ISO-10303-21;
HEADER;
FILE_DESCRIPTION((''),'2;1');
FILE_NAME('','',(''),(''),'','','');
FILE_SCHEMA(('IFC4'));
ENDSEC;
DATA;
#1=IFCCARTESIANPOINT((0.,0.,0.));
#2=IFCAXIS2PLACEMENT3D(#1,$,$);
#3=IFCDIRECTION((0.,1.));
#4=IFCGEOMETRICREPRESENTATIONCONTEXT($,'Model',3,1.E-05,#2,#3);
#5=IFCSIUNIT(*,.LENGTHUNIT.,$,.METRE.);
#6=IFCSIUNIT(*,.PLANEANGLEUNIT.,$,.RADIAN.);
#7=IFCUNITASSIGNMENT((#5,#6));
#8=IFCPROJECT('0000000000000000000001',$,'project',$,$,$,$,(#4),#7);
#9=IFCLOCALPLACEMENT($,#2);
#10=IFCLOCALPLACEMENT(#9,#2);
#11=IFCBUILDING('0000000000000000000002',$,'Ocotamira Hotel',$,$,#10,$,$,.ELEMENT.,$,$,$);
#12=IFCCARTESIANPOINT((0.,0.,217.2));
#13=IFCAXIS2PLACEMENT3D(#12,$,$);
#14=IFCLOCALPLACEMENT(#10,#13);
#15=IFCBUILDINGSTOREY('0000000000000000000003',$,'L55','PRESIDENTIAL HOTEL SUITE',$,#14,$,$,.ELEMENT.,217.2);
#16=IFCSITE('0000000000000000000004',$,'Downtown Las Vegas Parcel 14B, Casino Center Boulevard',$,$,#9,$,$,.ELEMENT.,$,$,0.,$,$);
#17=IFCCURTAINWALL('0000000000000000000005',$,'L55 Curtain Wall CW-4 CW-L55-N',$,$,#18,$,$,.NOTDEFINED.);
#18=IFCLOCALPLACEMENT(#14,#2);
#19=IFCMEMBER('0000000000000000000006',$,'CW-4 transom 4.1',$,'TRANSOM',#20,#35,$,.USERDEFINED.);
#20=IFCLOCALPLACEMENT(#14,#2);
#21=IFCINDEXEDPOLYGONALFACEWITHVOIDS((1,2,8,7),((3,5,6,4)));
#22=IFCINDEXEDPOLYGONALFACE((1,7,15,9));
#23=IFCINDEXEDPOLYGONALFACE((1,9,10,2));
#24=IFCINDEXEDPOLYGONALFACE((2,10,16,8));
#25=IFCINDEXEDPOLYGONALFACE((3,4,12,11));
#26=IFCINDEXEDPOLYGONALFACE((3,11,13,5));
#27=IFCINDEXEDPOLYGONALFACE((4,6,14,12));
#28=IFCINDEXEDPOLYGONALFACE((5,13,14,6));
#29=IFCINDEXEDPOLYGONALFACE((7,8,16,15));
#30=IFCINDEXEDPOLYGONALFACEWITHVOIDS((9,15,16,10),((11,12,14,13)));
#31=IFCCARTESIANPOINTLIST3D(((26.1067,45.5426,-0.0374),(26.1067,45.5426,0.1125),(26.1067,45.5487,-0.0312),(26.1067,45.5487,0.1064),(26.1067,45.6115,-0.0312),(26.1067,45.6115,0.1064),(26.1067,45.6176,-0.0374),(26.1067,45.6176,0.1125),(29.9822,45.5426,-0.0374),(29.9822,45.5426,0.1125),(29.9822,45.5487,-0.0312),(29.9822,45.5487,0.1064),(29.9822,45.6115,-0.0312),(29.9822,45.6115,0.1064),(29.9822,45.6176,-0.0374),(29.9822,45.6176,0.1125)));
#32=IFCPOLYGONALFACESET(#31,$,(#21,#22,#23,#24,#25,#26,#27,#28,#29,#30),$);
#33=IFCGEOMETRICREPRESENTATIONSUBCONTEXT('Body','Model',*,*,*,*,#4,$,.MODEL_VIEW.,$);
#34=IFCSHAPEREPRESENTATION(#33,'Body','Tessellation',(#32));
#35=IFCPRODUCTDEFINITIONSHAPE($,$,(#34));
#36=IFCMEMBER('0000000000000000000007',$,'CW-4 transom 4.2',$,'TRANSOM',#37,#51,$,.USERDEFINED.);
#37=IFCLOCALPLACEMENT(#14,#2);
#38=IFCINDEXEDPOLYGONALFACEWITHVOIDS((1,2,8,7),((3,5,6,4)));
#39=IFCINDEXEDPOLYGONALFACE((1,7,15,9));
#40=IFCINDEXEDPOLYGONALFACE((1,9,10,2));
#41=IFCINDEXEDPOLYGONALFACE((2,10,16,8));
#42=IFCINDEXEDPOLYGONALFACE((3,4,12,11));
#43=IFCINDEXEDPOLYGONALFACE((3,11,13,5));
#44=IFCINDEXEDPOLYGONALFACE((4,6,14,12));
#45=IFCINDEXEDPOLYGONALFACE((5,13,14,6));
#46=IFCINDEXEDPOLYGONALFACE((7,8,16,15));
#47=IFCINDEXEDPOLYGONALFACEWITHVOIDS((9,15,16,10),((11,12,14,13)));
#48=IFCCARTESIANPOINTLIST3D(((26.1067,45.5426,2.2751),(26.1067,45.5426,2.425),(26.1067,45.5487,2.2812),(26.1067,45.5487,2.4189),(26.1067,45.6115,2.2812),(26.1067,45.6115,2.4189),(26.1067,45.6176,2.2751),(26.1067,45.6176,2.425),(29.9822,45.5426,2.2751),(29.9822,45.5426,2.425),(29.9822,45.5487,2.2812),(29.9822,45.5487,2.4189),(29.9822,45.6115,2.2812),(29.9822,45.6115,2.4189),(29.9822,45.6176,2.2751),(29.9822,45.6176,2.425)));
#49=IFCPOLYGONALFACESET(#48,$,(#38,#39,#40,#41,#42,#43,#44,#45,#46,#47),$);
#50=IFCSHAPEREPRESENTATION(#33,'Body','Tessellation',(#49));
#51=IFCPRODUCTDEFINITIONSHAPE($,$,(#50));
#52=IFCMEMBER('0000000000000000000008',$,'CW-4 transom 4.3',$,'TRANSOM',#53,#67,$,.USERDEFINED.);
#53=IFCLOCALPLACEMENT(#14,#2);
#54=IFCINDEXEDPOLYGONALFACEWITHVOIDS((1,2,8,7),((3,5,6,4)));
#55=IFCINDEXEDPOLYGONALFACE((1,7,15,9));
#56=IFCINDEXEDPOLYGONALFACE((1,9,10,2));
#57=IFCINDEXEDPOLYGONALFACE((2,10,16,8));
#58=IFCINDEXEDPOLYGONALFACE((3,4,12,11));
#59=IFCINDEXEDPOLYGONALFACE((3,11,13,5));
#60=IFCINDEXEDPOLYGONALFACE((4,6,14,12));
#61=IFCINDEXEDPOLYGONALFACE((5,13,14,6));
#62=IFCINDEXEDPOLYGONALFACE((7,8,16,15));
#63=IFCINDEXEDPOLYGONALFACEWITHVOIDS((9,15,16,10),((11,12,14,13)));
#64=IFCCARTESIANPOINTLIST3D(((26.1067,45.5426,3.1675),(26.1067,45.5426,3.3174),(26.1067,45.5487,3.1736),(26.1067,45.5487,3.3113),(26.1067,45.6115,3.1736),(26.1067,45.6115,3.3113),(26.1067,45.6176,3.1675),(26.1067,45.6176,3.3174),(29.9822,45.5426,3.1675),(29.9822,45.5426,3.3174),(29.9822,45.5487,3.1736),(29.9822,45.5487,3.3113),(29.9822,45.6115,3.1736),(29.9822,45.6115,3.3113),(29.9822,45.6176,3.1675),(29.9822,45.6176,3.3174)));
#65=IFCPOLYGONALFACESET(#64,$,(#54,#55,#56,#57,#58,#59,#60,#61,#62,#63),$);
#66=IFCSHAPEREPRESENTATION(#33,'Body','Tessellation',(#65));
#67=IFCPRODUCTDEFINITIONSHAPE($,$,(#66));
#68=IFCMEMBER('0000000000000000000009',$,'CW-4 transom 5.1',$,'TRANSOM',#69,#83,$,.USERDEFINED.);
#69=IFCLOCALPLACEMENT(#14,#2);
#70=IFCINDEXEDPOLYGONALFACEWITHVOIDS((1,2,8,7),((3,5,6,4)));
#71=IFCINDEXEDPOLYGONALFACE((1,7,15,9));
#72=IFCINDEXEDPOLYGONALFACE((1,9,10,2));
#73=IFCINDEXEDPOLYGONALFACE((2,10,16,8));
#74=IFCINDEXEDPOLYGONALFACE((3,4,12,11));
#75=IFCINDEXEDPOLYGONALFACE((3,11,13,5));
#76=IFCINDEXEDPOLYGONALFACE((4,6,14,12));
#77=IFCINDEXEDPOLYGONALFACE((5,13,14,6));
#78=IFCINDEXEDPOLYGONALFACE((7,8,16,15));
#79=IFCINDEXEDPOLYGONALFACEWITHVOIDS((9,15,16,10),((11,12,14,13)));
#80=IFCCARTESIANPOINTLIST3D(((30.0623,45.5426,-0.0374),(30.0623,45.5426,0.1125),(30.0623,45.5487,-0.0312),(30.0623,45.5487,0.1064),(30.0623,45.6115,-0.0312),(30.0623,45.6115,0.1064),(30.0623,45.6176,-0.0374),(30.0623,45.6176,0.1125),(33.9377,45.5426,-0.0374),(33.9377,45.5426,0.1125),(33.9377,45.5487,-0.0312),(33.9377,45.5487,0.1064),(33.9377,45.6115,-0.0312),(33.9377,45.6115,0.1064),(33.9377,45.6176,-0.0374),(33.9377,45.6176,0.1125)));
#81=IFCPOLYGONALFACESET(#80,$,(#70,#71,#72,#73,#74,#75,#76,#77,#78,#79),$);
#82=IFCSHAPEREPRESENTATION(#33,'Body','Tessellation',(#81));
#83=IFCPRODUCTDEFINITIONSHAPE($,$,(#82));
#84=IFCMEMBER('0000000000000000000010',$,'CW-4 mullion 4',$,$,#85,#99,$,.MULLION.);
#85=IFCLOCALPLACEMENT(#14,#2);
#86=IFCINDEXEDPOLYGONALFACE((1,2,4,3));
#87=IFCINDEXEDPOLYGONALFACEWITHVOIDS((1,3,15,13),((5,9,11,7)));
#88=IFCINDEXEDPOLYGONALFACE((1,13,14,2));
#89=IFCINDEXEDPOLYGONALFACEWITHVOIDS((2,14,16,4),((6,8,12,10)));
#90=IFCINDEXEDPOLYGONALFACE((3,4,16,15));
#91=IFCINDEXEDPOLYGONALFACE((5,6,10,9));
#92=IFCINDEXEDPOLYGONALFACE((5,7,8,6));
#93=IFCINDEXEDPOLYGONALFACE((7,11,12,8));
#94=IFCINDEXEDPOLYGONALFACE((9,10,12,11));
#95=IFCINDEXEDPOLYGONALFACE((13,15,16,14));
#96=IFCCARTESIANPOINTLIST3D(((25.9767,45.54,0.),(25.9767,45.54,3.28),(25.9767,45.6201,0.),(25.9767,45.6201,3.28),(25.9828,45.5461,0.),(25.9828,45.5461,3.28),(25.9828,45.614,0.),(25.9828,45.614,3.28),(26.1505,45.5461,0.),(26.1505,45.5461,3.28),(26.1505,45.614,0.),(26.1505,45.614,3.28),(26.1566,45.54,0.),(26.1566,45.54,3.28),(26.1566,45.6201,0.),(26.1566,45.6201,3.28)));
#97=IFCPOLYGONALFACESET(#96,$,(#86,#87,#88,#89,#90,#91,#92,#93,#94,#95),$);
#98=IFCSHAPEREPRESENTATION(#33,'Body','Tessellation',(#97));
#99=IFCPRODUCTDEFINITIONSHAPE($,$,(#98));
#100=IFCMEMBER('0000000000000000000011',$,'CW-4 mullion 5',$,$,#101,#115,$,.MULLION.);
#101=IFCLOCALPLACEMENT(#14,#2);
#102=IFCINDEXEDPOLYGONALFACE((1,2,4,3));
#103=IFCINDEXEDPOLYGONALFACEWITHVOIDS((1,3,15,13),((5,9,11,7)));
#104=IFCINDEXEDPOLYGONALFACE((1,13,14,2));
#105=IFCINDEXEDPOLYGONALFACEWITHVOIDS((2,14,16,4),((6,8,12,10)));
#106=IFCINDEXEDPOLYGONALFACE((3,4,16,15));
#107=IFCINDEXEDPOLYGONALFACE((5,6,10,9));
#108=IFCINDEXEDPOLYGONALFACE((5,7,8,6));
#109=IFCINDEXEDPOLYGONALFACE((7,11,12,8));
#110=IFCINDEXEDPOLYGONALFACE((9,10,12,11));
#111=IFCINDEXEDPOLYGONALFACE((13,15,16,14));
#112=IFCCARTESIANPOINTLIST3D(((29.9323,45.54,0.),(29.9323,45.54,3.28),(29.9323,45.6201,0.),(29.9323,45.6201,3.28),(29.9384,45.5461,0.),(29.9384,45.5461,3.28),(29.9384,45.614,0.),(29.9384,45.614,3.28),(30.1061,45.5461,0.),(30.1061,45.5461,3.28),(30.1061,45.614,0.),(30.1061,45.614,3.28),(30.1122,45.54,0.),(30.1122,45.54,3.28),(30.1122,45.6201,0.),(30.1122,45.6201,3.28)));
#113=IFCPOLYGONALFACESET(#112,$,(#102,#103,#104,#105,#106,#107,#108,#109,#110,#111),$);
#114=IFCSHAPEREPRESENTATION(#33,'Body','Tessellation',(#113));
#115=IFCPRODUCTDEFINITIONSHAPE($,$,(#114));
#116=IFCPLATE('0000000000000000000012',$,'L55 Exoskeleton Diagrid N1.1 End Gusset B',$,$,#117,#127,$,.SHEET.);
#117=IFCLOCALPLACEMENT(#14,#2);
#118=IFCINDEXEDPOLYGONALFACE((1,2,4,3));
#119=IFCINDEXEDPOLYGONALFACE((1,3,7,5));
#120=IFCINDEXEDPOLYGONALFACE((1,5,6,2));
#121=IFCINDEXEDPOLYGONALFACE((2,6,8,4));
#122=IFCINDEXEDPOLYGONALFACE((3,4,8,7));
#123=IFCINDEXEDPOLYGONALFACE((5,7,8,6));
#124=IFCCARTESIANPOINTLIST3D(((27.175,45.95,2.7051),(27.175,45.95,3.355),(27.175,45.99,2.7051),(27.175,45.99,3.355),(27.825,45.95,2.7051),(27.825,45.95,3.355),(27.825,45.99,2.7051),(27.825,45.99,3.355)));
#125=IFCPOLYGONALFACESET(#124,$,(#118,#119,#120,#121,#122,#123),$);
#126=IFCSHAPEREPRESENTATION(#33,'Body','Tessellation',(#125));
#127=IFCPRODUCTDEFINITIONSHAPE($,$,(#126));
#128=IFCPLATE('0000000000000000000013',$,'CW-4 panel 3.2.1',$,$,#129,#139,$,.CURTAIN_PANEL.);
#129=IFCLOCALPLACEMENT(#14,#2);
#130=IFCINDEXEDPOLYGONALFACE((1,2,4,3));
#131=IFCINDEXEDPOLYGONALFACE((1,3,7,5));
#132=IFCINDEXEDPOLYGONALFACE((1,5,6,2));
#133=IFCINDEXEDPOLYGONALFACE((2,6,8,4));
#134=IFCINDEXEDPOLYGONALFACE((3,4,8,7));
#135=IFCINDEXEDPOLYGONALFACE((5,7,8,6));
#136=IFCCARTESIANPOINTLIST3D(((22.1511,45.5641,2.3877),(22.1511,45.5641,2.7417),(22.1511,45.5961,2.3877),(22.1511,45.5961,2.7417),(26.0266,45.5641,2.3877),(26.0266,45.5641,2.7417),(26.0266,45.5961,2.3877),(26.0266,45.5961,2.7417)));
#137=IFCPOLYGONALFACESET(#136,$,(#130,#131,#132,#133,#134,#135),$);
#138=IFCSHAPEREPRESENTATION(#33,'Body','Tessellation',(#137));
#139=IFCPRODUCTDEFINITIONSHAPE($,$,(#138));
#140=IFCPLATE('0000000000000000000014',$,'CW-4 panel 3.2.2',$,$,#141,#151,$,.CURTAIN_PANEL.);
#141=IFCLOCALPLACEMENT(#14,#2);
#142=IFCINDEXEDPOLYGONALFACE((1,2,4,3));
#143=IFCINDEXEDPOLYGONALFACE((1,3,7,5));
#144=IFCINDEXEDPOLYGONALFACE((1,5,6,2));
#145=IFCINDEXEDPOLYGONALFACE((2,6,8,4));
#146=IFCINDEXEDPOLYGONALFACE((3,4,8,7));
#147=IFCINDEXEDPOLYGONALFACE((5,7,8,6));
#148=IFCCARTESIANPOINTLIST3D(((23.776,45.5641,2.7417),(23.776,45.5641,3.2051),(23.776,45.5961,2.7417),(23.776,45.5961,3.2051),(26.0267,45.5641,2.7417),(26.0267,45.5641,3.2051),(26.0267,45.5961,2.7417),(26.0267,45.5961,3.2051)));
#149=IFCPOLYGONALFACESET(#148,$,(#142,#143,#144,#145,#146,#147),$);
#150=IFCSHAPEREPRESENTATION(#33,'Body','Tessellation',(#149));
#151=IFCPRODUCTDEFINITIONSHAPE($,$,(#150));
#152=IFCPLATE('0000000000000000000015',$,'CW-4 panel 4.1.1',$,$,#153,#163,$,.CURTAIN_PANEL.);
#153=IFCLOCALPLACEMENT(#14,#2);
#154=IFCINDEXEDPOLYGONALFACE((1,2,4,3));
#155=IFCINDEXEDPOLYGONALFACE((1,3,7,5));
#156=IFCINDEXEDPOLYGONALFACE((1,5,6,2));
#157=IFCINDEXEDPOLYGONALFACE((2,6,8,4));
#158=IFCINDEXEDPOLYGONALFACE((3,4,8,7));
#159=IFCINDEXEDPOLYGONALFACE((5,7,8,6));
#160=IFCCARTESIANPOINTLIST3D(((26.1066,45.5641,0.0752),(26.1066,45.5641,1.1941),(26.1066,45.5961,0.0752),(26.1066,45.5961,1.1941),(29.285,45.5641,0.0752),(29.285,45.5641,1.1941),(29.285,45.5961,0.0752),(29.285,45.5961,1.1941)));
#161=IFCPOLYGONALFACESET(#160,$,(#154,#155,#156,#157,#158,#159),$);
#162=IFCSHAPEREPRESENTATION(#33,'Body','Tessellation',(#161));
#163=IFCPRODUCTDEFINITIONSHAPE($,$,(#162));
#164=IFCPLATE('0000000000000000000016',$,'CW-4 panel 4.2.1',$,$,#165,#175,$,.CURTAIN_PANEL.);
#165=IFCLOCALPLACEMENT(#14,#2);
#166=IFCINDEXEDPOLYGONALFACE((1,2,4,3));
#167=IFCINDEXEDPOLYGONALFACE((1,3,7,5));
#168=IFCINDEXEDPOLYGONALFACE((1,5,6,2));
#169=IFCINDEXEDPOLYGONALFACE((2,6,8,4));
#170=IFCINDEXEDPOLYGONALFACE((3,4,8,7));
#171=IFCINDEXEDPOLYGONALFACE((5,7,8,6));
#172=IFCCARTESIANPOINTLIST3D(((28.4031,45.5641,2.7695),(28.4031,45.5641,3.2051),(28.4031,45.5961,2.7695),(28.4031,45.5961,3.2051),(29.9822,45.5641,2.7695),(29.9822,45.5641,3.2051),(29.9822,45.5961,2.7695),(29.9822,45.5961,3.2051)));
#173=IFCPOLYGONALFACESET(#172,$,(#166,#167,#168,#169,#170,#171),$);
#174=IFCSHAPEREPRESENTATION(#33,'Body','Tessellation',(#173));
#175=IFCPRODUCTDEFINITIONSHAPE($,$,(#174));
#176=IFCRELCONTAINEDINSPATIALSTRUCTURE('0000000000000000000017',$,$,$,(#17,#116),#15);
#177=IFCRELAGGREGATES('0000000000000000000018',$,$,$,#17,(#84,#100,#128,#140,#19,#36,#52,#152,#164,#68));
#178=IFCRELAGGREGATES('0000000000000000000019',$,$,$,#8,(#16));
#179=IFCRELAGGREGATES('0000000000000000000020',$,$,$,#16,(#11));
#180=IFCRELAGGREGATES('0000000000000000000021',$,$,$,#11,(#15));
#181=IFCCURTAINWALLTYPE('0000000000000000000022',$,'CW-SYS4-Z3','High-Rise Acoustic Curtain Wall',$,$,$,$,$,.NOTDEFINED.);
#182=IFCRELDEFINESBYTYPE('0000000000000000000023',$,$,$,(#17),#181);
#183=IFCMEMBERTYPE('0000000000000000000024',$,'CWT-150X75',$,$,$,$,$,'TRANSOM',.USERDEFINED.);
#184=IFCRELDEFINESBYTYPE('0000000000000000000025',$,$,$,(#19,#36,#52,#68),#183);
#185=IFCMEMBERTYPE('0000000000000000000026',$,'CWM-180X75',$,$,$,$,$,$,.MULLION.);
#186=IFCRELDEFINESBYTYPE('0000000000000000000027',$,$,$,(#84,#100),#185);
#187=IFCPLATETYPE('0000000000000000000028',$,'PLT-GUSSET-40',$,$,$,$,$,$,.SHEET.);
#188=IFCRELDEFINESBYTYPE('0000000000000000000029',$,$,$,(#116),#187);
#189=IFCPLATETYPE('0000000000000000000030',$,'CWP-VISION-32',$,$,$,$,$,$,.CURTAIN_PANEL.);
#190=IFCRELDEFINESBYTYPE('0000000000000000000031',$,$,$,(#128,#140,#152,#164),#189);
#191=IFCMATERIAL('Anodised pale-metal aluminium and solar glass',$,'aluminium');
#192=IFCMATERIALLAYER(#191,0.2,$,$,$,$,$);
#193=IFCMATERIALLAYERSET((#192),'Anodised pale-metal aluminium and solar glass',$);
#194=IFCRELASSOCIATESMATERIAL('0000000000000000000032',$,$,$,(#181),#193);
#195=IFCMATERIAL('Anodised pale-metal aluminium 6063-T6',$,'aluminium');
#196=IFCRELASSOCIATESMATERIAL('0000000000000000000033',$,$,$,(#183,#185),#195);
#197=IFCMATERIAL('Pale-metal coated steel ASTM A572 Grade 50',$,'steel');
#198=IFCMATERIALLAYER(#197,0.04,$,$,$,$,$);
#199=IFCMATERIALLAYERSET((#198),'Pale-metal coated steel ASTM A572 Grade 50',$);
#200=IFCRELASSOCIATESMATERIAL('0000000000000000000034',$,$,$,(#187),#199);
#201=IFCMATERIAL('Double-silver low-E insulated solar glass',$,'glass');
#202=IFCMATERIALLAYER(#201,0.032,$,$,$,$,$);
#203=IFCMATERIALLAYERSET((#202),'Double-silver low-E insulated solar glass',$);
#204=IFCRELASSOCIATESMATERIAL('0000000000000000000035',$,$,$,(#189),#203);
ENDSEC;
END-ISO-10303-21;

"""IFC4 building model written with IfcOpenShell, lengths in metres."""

from ifc_helpers import new_model, si_unit, direction, frame, origin, origin_2d, place, context, subcontext, project, spatial, rectangle, hollow_rectangle, extrude, source, transform, mapped, material, layer, layer_set, material_profile, profile_set, type_object, element, aggregate, save


model = new_model("IFC4")

# Units and contexts
model_context = context("Model", 3, precision=1e-05, world=origin(), true_north=direction((0.0, 1.0)))
body_context = subcontext(model_context, "Body", "Model", "MODEL_VIEW")
ifc_project = project(units=[si_unit("LENGTHUNIT", "METRE"), si_unit("PLANEANGLEUNIT", "RADIAN")], contexts=[model_context])

# Site, building, storey
site_placement = place(None, origin())
site = spatial("IfcSite", under=ifc_project, at=site_placement, Name="Downtown Las Vegas Parcel 14B, Casino Center Boulevard", CompositionType="ELEMENT", RefElevation=0.0)
building_placement = place(site_placement, origin())
building = spatial("IfcBuilding", under=site, at=building_placement, Name="Ocotamira Hotel", CompositionType="ELEMENT")
storey_placement = place(building_placement, frame((0.0, 0.0, 217.2)))
storey = spatial("IfcBuildingStorey", under=building, at=storey_placement, Name="L55", Description="PRESIDENTIAL HOTEL SUITE", CompositionType="ELEMENT", Elevation=217.2)

# Curtain wall, members
ifc_material_1 = material(Name="Anodised pale-metal aluminium and solar glass", Category="aluminium")
ifc_layer_1 = layer(ifc_material_1, 0.2)
ifc_layer_set_1 = layer_set([ifc_layer_1], Name="Anodised pale-metal aluminium and solar glass")
curtain_wall_type = type_object("IfcCurtainWallType", Name="CW-SYS4-Z3", Description="High-Rise Acoustic Curtain Wall", PredefinedType="NOTDEFINED", material=ifc_layer_set_1)
curtain_wall_placement = place(storey_placement, origin())
curtain_wall = element("IfcCurtainWall", 1, at=curtain_wall_placement, inside=storey, type_object=curtain_wall_type, Name="L55 Curtain Wall CW-4 CW-L55-N", PredefinedType="NOTDEFINED")
ifc_material_2 = material(Name="Anodised pale-metal aluminium 6063-T6", Category="aluminium")
ifc_material_profile_1 = material_profile(ifc_material_2, hollow_rectangle(XDim=0.075, YDim=0.1499, WallThickness=0.0061, at=origin_2d()), Name="HSS150X75X6")
ifc_profile_set_1 = profile_set([ifc_material_profile_1], Name="Anodised pale-metal aluminium 6063-T6")
member_type_1 = type_object("IfcMemberType", Name="CWT-150X75", ElementType="TRANSOM", PredefinedType="USERDEFINED", material=ifc_profile_set_1)
shared_shape_1 = source(origin(), body_context, "Body", "SweptSolid", [
    extrude(hollow_rectangle(XDim=0.075, YDim=0.1499, WallThickness=0.0061, at=origin_2d()), origin(), (0.0, 0.0, 1.0), 3.8755),
])
member_1_placement = place(storey_placement, frame((26.1067, 45.5801, 0.0376), z_axis=(1.0, 0.0, 0.0), x_axis=(0.0, 1.0, 0.0)))
member_1 = element("IfcMember", 2, at=member_1_placement, type_object=member_type_1, Name="CW-4 transom 4.1", ObjectType="TRANSOM", PredefinedType="USERDEFINED", context=body_context, shape_type="MappedRepresentation", body=[
    mapped(shared_shape_1, transform((0.0, 0.0, 0.0), scale=1.0)),
])
member_2_placement = place(storey_placement, frame((26.1067, 45.5801, 2.3501), z_axis=(1.0, 0.0, 0.0), x_axis=(0.0, 1.0, 0.0)))
member_2 = element("IfcMember", 3, at=member_2_placement, type_object=member_type_1, Name="CW-4 transom 4.2", ObjectType="TRANSOM", PredefinedType="USERDEFINED", context=body_context, shape_type="MappedRepresentation", body=[
    mapped(shared_shape_1, transform((0.0, 0.0, 0.0), scale=1.0)),
])
member_3_placement = place(storey_placement, frame((26.1067, 45.5801, 3.2424), z_axis=(1.0, 0.0, 0.0), x_axis=(0.0, 1.0, 0.0)))
member_3 = element("IfcMember", 4, at=member_3_placement, type_object=member_type_1, Name="CW-4 transom 4.3", ObjectType="TRANSOM", PredefinedType="USERDEFINED", context=body_context, shape_type="MappedRepresentation", body=[
    mapped(shared_shape_1, transform((0.0, 0.0, 0.0), scale=1.0)),
])
member_4_placement = place(storey_placement, frame((30.0623, 45.5801, 0.0376), z_axis=(1.0, 0.0, 0.0), x_axis=(0.0, 1.0, 0.0)))
member_4 = element("IfcMember", 5, at=member_4_placement, type_object=member_type_1, Name="CW-4 transom 5.1", ObjectType="TRANSOM", PredefinedType="USERDEFINED", context=body_context, shape_type="MappedRepresentation", body=[
    mapped(shared_shape_1, transform((0.0, 0.0, 0.0), scale=1.0)),
])
ifc_material_profile_2 = material_profile(ifc_material_2, hollow_rectangle(XDim=0.0801, YDim=0.1799, WallThickness=0.0061, at=origin_2d()), Name="HSS180X80X6")
ifc_profile_set_2 = profile_set([ifc_material_profile_2], Name="Anodised pale-metal aluminium 6063-T6")
member_type_2 = type_object("IfcMemberType", Name="CWM-180X75", PredefinedType="MULLION", material=ifc_profile_set_2)
shared_shape_2 = source(origin(), body_context, "Body", "SweptSolid", [
    extrude(hollow_rectangle(XDim=0.0801, YDim=0.1799, WallThickness=0.0061, at=origin_2d()), origin(), (0.0, 0.0, 1.0), 3.28),
])
member_5_placement = place(storey_placement, frame((26.0667, 45.5801, 0.0), z_axis=(0.0, 0.0, 1.0), x_axis=(0.0, 1.0, 0.0)))
member_5 = element("IfcMember", 6, at=member_5_placement, type_object=member_type_2, Name="CW-4 mullion 4", PredefinedType="MULLION", context=body_context, shape_type="MappedRepresentation", body=[
    mapped(shared_shape_2, transform((0.0, 0.0, 0.0), scale=1.0)),
])
member_6_placement = place(storey_placement, frame((30.0222, 45.5801, 0.0), z_axis=(0.0, 0.0, 1.0), x_axis=(0.0, 1.0, 0.0)))
member_6 = element("IfcMember", 7, at=member_6_placement, type_object=member_type_2, Name="CW-4 mullion 5", PredefinedType="MULLION", context=body_context, shape_type="MappedRepresentation", body=[
    mapped(shared_shape_2, transform((0.0, 0.0, 0.0), scale=1.0)),
])

# Plates
ifc_material_3 = material(Name="Pale-metal coated steel ASTM A572 Grade 50", Category="steel")
ifc_layer_2 = layer(ifc_material_3, 0.04)
ifc_layer_set_2 = layer_set([ifc_layer_2], Name="Pale-metal coated steel ASTM A572 Grade 50")
plate_type_1 = type_object("IfcPlateType", Name="PLT-GUSSET-40", PredefinedType="SHEET", material=ifc_layer_set_2)
shared_shape_3 = source(origin(), body_context, "Body", "SweptSolid", [
    extrude(rectangle(XDim=0.6499, YDim=0.04, at=origin_2d()), origin(), (0.0, 0.0, 1.0), 0.6499),
])
plate_1_placement = place(storey_placement, frame((27.5, 45.97, 2.7051), z_axis=(0.0, 0.0, 1.0), x_axis=(1.0, 0.0, 0.0)))
element("IfcPlate", 8, at=plate_1_placement, inside=storey, type_object=plate_type_1, Name="L55 Exoskeleton Diagrid N1.1 End Gusset B", PredefinedType="SHEET", context=body_context, shape_type="MappedRepresentation", body=[
    mapped(shared_shape_3, transform((0.0, 0.0, 0.0), scale=1.0)),
])
ifc_material_4 = material(Name="Double-silver low-E insulated solar glass", Category="glass")
ifc_layer_3 = layer(ifc_material_4, 0.032)
ifc_layer_set_3 = layer_set([ifc_layer_3], Name="Double-silver low-E insulated solar glass")
plate_type_2 = type_object("IfcPlateType", Name="CWP-VISION-32", PredefinedType="CURTAIN_PANEL", material=ifc_layer_set_3)
shared_shape_4 = source(origin(), body_context, "Body", "SweptSolid", [
    extrude(rectangle(XDim=3.8755, YDim=0.032, at=origin_2d()), origin(), (0.0, 0.0, 1.0), 0.354),
])
plate_2_placement = place(storey_placement, frame((24.0889, 45.5801, 2.3877), z_axis=(0.0, 0.0, 1.0), x_axis=(1.0, 0.0, 0.0)))
plate_2 = element("IfcPlate", 9, at=plate_2_placement, type_object=plate_type_2, Name="CW-4 panel 3.2.1", PredefinedType="CURTAIN_PANEL", context=body_context, shape_type="MappedRepresentation", body=[
    mapped(shared_shape_4, transform((0.0, 0.0, 0.0), scale=1.0)),
])
shared_shape_5 = source(origin(), body_context, "Body", "SweptSolid", [
    extrude(rectangle(XDim=2.2507, YDim=0.032, at=origin_2d()), origin(), (0.0, 0.0, 1.0), 0.4634),
])
plate_3_placement = place(storey_placement, frame((24.9014, 45.5801, 2.7417), z_axis=(0.0, 0.0, 1.0), x_axis=(1.0, 0.0, 0.0)))
plate_3 = element("IfcPlate", 10, at=plate_3_placement, type_object=plate_type_2, Name="CW-4 panel 3.2.2", PredefinedType="CURTAIN_PANEL", context=body_context, shape_type="MappedRepresentation", body=[
    mapped(shared_shape_5, transform((0.0, 0.0, 0.0), scale=1.0)),
])
shared_shape_6 = source(origin(), body_context, "Body", "SweptSolid", [
    extrude(rectangle(XDim=3.1785, YDim=0.032, at=origin_2d()), origin(), (0.0, 0.0, 1.0), 1.1189),
])
plate_4_placement = place(storey_placement, frame((27.6958, 45.5801, 0.0752), z_axis=(0.0, 0.0, 1.0), x_axis=(1.0, 0.0, 0.0)))
plate_4 = element("IfcPlate", 11, at=plate_4_placement, type_object=plate_type_2, Name="CW-4 panel 4.1.1", PredefinedType="CURTAIN_PANEL", context=body_context, shape_type="MappedRepresentation", body=[
    mapped(shared_shape_6, transform((0.0, 0.0, 0.0), scale=1.0)),
])
shared_shape_7 = source(origin(), body_context, "Body", "SweptSolid", [
    extrude(rectangle(XDim=1.5791, YDim=0.032, at=origin_2d()), origin(), (0.0, 0.0, 1.0), 0.4355),
])
plate_5_placement = place(storey_placement, frame((29.1926, 45.5801, 2.7695), z_axis=(0.0, 0.0, 1.0), x_axis=(1.0, 0.0, 0.0)))
plate_5 = element("IfcPlate", 12, at=plate_5_placement, type_object=plate_type_2, Name="CW-4 panel 4.2.1", PredefinedType="CURTAIN_PANEL", context=body_context, shape_type="MappedRepresentation", body=[
    mapped(shared_shape_7, transform((0.0, 0.0, 0.0), scale=1.0)),
])
aggregate(curtain_wall, [member_5, member_6, plate_2, plate_3, member_1, member_2, member_3, plate_4, plate_5, member_4])

save(model, "model.ifc")
